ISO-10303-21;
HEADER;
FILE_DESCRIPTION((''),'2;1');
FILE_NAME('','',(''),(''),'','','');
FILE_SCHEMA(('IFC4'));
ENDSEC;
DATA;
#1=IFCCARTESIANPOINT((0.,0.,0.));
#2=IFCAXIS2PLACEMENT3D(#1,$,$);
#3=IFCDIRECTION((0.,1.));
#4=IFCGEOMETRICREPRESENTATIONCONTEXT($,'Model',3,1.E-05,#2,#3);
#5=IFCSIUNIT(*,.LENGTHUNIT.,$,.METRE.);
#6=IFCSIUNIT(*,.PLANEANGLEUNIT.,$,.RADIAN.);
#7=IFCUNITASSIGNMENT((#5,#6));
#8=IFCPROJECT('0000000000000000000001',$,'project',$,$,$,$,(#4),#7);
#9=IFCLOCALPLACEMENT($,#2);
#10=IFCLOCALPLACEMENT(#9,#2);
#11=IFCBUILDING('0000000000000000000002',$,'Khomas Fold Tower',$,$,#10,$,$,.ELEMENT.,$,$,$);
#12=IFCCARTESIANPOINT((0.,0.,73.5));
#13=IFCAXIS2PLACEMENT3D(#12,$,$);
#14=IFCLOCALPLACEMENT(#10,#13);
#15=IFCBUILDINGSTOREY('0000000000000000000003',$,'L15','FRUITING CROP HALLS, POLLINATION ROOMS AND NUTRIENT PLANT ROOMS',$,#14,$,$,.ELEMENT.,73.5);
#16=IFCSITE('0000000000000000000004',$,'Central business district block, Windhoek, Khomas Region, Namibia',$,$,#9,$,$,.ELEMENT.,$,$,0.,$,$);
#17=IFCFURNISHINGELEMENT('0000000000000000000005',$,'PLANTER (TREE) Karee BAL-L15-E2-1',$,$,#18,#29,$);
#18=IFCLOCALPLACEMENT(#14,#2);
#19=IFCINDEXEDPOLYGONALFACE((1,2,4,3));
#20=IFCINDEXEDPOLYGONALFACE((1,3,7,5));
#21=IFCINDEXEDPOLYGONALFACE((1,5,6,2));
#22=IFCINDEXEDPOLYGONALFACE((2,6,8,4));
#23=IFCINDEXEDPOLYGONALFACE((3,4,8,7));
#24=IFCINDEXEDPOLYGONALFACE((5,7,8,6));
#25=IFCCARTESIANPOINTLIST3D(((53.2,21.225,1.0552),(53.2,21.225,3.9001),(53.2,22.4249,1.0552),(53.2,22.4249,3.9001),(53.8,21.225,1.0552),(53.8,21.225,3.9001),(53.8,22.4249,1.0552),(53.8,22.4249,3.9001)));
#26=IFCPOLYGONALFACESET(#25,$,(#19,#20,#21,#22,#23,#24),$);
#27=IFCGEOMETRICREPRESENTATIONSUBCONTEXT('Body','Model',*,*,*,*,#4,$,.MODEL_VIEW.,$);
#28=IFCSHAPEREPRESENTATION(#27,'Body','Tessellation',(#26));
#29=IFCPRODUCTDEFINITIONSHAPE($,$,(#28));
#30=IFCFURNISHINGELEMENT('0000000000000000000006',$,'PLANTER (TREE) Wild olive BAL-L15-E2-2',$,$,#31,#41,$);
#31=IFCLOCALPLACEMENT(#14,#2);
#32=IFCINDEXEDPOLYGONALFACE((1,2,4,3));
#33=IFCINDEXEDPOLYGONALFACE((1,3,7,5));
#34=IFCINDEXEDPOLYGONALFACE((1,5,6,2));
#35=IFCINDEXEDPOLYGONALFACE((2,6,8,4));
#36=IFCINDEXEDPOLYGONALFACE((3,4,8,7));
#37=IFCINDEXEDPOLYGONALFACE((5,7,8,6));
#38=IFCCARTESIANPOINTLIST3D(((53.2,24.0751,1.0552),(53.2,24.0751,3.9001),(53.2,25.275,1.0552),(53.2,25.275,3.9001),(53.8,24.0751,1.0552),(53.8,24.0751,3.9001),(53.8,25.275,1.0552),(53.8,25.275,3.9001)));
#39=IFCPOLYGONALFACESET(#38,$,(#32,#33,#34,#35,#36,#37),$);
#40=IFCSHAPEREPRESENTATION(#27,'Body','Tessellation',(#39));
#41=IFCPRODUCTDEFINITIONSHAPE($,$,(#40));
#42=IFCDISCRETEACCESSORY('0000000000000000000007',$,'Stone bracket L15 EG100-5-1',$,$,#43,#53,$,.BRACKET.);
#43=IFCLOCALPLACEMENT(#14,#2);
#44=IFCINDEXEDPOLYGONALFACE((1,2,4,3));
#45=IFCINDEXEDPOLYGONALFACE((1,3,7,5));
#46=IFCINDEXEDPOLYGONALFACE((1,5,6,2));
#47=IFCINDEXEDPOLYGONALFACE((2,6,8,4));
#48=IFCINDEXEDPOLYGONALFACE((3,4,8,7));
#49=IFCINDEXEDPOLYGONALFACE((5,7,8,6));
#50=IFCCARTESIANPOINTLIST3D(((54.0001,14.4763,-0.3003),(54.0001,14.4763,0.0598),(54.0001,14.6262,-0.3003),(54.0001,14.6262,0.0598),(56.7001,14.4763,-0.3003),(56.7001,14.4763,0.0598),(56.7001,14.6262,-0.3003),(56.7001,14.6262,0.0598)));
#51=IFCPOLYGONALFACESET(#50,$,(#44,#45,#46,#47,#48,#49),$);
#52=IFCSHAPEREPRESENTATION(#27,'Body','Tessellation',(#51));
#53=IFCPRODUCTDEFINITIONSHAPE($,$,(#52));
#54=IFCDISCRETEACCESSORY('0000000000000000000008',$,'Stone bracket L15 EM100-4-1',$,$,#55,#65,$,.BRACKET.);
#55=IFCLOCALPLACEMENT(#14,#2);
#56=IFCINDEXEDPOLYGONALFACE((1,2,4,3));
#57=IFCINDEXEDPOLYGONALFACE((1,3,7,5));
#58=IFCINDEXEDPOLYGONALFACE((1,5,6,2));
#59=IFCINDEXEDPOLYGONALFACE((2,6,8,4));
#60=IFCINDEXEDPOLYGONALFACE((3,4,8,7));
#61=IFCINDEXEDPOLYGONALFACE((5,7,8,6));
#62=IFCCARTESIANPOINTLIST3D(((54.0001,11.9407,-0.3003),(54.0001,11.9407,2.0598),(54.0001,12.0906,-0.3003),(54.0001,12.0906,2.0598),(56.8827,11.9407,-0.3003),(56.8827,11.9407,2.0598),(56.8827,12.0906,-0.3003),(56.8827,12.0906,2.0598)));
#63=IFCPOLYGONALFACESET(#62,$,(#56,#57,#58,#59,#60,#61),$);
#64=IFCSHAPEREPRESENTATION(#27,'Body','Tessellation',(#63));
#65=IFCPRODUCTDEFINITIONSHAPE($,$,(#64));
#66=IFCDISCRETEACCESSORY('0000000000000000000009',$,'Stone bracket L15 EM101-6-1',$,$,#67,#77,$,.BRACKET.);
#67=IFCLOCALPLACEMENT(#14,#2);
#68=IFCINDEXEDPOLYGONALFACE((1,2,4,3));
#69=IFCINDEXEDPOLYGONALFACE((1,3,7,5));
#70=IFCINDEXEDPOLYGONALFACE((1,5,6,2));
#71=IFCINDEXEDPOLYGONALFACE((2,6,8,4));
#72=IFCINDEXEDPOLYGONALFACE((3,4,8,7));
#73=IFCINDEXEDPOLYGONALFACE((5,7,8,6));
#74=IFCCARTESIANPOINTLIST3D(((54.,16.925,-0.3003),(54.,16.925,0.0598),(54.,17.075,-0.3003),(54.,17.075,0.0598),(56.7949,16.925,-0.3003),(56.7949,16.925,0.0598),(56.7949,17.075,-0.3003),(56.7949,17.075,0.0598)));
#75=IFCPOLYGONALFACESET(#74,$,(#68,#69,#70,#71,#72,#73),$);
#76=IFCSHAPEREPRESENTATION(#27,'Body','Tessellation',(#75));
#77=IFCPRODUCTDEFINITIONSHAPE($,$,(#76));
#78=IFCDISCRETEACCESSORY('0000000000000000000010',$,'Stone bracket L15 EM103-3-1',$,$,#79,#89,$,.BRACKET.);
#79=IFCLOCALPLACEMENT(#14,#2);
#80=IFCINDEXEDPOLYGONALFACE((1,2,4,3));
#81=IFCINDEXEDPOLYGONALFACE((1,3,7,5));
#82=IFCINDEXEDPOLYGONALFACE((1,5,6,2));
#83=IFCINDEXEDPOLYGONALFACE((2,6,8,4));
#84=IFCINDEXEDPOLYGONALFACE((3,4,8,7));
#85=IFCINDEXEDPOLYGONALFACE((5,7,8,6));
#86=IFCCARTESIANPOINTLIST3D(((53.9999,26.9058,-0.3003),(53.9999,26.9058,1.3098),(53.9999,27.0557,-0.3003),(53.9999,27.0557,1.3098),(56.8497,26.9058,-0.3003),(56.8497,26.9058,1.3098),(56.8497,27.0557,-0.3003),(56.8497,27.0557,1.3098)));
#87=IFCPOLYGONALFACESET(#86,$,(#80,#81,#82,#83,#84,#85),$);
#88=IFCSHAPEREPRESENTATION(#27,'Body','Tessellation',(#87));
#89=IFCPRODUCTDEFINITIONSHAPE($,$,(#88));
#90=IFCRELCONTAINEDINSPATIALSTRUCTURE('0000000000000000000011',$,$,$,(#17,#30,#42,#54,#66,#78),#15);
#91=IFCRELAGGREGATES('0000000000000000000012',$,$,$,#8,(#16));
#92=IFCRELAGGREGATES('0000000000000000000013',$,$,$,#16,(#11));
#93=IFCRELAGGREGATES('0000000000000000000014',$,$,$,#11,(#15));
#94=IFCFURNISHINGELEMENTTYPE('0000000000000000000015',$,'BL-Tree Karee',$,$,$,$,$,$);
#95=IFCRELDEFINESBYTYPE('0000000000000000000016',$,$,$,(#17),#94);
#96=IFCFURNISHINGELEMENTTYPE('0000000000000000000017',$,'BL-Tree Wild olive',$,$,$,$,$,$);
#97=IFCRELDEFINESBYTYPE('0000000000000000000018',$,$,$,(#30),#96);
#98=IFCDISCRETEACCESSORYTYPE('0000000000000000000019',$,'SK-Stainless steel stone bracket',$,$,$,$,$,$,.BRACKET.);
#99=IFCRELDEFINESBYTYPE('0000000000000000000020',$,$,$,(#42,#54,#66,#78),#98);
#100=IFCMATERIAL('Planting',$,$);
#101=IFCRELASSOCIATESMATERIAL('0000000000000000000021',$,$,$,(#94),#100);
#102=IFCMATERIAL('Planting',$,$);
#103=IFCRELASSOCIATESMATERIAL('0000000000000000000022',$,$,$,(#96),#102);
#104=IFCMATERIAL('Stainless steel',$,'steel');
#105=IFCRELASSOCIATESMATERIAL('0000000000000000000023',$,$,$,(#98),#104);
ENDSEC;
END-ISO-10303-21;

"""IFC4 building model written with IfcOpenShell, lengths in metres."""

from ifc_helpers import new_model, si_unit, direction, frame, origin, origin_2d, place, context, subcontext, project, spatial, rectangle, extrude, source, transform, mapped, material, type_object, element, save


model = new_model("IFC4")

# Units and contexts
model_context = context("Model", 3, precision=1e-05, world=origin(), true_north=direction((0.0, 1.0)))
body_context = subcontext(model_context, "Body", "Model", "MODEL_VIEW")
ifc_project = project(units=[si_unit("LENGTHUNIT", "METRE"), si_unit("PLANEANGLEUNIT", "RADIAN")], contexts=[model_context])

# Site, building, storey
site_placement = place(None, origin())
site = spatial("IfcSite", under=ifc_project, at=site_placement, Name="Central business district block, Windhoek, Khomas Region, Namibia", CompositionType="ELEMENT", RefElevation=0.0)
building_placement = place(site_placement, origin())
building = spatial("IfcBuilding", under=site, at=building_placement, Name="Khomas Fold Tower", CompositionType="ELEMENT")
storey_placement = place(building_placement, frame((0.0, 0.0, 73.5)))
storey = spatial("IfcBuildingStorey", under=building, at=storey_placement, Name="L15", Description="FRUITING CROP HALLS, POLLINATION ROOMS AND NUTRIENT PLANT ROOMS", CompositionType="ELEMENT", Elevation=73.5)

# Furnishing elements
ifc_material_1 = material(Name="Planting")
furnishing_element_type_1 = type_object("IfcFurnishingElementType", Name="BL-Tree Karee", material=ifc_material_1)
shared_shape_1 = source(origin(), body_context, "Body", "SweptSolid", [
    extrude(rectangle(XDim=1.2, YDim=0.6001, at=origin_2d()), origin(), (0.0, 0.0, 1.0), 2.845),
])
furnishing_1_placement = place(storey_placement, frame((53.5, 21.825, 1.0552), z_axis=(0.0, 0.0, 1.0), x_axis=(0.0, 1.0, 0.0)))
element("IfcFurnishingElement", 1, at=furnishing_1_placement, inside=storey, type_object=furnishing_element_type_1, Name="PLANTER (TREE) Karee BAL-L15-E2-1", context=body_context, shape_type="MappedRepresentation", body=[
    mapped(shared_shape_1, transform((0.0, 0.0, 0.0))),
])
ifc_material_2 = material(Name="Planting")
furnishing_element_type_2 = type_object("IfcFurnishingElementType", Name="BL-Tree Wild olive", material=ifc_material_2)
furnishing_2_placement = place(storey_placement, frame((53.5, 24.675, 1.0552), z_axis=(0.0, 0.0, 1.0), x_axis=(0.0, 1.0, 0.0)))
element("IfcFurnishingElement", 2, at=furnishing_2_placement, inside=storey, type_object=furnishing_element_type_2, Name="PLANTER (TREE) Wild olive BAL-L15-E2-2", context=body_context, shape_type="MappedRepresentation", body=[
    mapped(shared_shape_1, transform((0.0, 0.0, 0.0))),
])

# Discrete accessories
ifc_material_3 = material(Name="Stainless steel", Category="steel")
discrete_accessory_type = type_object("IfcDiscreteAccessoryType", Name="SK-Stainless steel stone bracket", PredefinedType="BRACKET", material=ifc_material_3)
shared_shape_2 = source(origin(), body_context, "Body", "SweptSolid", [
    extrude(rectangle(XDim=2.7, YDim=0.1499, at=origin_2d()), origin(), (0.0, 0.0, 1.0), 0.3601),
])
discrete_accessory_1_placement = place(storey_placement, frame((55.3501, 14.5513, -0.3003), z_axis=(0.0, 0.0, 1.0), x_axis=(1.0, 0.0, 0.0)))
element("IfcDiscreteAccessory", 3, at=discrete_accessory_1_placement, inside=storey, type_object=discrete_accessory_type, Name="Stone bracket L15 EG100-5-1", PredefinedType="BRACKET", context=body_context, shape_type="MappedRepresentation", body=[
    mapped(shared_shape_2, transform((0.0, 0.0, 0.0))),
])
shared_shape_3 = source(origin(), body_context, "Body", "SweptSolid", [
    extrude(rectangle(XDim=2.8826, YDim=0.1499, at=origin_2d()), origin(), (0.0, 0.0, 1.0), 2.3601),
])
discrete_accessory_2_placement = place(storey_placement, frame((55.4414, 12.0156, -0.3003), z_axis=(0.0, 0.0, 1.0), x_axis=(1.0, 0.0, 0.0)))
element("IfcDiscreteAccessory", 4, at=discrete_accessory_2_placement, inside=storey, type_object=discrete_accessory_type, Name="Stone bracket L15 EM100-4-1", PredefinedType="BRACKET", context=body_context, shape_type="MappedRepresentation", body=[
    mapped(shared_shape_3, transform((0.0, 0.0, 0.0))),
])
shared_shape_4 = source(origin(), body_context, "Body", "SweptSolid", [
    extrude(rectangle(XDim=2.7949, YDim=0.1499, at=origin_2d()), origin(), (0.0, 0.0, 1.0), 0.3601),
])
discrete_accessory_3_placement = place(storey_placement, frame((55.3975, 17.0, -0.3003), z_axis=(0.0, 0.0, 1.0), x_axis=(1.0, 0.0, 0.0)))
element("IfcDiscreteAccessory", 5, at=discrete_accessory_3_placement, inside=storey, type_object=discrete_accessory_type, Name="Stone bracket L15 EM101-6-1", PredefinedType="BRACKET", context=body_context, shape_type="MappedRepresentation", body=[
    mapped(shared_shape_4, transform((0.0, 0.0, 0.0))),
])
shared_shape_5 = source(origin(), body_context, "Body", "SweptSolid", [
    extrude(rectangle(XDim=2.8499, YDim=0.1499, at=origin_2d()), origin(), (0.0, 0.0, 1.0), 1.6101),
])
discrete_accessory_4_placement = place(storey_placement, frame((55.4248, 26.9807, -0.3003), z_axis=(0.0, 0.0, 1.0), x_axis=(1.0, 0.0, 0.0)))
element("IfcDiscreteAccessory", 6, at=discrete_accessory_4_placement, inside=storey, type_object=discrete_accessory_type, Name="Stone bracket L15 EM103-3-1", PredefinedType="BRACKET", context=body_context, shape_type="MappedRepresentation", body=[
    mapped(shared_shape_5, transform((0.0, 0.0, 0.0))),
])

save(model, "model.ifc")
